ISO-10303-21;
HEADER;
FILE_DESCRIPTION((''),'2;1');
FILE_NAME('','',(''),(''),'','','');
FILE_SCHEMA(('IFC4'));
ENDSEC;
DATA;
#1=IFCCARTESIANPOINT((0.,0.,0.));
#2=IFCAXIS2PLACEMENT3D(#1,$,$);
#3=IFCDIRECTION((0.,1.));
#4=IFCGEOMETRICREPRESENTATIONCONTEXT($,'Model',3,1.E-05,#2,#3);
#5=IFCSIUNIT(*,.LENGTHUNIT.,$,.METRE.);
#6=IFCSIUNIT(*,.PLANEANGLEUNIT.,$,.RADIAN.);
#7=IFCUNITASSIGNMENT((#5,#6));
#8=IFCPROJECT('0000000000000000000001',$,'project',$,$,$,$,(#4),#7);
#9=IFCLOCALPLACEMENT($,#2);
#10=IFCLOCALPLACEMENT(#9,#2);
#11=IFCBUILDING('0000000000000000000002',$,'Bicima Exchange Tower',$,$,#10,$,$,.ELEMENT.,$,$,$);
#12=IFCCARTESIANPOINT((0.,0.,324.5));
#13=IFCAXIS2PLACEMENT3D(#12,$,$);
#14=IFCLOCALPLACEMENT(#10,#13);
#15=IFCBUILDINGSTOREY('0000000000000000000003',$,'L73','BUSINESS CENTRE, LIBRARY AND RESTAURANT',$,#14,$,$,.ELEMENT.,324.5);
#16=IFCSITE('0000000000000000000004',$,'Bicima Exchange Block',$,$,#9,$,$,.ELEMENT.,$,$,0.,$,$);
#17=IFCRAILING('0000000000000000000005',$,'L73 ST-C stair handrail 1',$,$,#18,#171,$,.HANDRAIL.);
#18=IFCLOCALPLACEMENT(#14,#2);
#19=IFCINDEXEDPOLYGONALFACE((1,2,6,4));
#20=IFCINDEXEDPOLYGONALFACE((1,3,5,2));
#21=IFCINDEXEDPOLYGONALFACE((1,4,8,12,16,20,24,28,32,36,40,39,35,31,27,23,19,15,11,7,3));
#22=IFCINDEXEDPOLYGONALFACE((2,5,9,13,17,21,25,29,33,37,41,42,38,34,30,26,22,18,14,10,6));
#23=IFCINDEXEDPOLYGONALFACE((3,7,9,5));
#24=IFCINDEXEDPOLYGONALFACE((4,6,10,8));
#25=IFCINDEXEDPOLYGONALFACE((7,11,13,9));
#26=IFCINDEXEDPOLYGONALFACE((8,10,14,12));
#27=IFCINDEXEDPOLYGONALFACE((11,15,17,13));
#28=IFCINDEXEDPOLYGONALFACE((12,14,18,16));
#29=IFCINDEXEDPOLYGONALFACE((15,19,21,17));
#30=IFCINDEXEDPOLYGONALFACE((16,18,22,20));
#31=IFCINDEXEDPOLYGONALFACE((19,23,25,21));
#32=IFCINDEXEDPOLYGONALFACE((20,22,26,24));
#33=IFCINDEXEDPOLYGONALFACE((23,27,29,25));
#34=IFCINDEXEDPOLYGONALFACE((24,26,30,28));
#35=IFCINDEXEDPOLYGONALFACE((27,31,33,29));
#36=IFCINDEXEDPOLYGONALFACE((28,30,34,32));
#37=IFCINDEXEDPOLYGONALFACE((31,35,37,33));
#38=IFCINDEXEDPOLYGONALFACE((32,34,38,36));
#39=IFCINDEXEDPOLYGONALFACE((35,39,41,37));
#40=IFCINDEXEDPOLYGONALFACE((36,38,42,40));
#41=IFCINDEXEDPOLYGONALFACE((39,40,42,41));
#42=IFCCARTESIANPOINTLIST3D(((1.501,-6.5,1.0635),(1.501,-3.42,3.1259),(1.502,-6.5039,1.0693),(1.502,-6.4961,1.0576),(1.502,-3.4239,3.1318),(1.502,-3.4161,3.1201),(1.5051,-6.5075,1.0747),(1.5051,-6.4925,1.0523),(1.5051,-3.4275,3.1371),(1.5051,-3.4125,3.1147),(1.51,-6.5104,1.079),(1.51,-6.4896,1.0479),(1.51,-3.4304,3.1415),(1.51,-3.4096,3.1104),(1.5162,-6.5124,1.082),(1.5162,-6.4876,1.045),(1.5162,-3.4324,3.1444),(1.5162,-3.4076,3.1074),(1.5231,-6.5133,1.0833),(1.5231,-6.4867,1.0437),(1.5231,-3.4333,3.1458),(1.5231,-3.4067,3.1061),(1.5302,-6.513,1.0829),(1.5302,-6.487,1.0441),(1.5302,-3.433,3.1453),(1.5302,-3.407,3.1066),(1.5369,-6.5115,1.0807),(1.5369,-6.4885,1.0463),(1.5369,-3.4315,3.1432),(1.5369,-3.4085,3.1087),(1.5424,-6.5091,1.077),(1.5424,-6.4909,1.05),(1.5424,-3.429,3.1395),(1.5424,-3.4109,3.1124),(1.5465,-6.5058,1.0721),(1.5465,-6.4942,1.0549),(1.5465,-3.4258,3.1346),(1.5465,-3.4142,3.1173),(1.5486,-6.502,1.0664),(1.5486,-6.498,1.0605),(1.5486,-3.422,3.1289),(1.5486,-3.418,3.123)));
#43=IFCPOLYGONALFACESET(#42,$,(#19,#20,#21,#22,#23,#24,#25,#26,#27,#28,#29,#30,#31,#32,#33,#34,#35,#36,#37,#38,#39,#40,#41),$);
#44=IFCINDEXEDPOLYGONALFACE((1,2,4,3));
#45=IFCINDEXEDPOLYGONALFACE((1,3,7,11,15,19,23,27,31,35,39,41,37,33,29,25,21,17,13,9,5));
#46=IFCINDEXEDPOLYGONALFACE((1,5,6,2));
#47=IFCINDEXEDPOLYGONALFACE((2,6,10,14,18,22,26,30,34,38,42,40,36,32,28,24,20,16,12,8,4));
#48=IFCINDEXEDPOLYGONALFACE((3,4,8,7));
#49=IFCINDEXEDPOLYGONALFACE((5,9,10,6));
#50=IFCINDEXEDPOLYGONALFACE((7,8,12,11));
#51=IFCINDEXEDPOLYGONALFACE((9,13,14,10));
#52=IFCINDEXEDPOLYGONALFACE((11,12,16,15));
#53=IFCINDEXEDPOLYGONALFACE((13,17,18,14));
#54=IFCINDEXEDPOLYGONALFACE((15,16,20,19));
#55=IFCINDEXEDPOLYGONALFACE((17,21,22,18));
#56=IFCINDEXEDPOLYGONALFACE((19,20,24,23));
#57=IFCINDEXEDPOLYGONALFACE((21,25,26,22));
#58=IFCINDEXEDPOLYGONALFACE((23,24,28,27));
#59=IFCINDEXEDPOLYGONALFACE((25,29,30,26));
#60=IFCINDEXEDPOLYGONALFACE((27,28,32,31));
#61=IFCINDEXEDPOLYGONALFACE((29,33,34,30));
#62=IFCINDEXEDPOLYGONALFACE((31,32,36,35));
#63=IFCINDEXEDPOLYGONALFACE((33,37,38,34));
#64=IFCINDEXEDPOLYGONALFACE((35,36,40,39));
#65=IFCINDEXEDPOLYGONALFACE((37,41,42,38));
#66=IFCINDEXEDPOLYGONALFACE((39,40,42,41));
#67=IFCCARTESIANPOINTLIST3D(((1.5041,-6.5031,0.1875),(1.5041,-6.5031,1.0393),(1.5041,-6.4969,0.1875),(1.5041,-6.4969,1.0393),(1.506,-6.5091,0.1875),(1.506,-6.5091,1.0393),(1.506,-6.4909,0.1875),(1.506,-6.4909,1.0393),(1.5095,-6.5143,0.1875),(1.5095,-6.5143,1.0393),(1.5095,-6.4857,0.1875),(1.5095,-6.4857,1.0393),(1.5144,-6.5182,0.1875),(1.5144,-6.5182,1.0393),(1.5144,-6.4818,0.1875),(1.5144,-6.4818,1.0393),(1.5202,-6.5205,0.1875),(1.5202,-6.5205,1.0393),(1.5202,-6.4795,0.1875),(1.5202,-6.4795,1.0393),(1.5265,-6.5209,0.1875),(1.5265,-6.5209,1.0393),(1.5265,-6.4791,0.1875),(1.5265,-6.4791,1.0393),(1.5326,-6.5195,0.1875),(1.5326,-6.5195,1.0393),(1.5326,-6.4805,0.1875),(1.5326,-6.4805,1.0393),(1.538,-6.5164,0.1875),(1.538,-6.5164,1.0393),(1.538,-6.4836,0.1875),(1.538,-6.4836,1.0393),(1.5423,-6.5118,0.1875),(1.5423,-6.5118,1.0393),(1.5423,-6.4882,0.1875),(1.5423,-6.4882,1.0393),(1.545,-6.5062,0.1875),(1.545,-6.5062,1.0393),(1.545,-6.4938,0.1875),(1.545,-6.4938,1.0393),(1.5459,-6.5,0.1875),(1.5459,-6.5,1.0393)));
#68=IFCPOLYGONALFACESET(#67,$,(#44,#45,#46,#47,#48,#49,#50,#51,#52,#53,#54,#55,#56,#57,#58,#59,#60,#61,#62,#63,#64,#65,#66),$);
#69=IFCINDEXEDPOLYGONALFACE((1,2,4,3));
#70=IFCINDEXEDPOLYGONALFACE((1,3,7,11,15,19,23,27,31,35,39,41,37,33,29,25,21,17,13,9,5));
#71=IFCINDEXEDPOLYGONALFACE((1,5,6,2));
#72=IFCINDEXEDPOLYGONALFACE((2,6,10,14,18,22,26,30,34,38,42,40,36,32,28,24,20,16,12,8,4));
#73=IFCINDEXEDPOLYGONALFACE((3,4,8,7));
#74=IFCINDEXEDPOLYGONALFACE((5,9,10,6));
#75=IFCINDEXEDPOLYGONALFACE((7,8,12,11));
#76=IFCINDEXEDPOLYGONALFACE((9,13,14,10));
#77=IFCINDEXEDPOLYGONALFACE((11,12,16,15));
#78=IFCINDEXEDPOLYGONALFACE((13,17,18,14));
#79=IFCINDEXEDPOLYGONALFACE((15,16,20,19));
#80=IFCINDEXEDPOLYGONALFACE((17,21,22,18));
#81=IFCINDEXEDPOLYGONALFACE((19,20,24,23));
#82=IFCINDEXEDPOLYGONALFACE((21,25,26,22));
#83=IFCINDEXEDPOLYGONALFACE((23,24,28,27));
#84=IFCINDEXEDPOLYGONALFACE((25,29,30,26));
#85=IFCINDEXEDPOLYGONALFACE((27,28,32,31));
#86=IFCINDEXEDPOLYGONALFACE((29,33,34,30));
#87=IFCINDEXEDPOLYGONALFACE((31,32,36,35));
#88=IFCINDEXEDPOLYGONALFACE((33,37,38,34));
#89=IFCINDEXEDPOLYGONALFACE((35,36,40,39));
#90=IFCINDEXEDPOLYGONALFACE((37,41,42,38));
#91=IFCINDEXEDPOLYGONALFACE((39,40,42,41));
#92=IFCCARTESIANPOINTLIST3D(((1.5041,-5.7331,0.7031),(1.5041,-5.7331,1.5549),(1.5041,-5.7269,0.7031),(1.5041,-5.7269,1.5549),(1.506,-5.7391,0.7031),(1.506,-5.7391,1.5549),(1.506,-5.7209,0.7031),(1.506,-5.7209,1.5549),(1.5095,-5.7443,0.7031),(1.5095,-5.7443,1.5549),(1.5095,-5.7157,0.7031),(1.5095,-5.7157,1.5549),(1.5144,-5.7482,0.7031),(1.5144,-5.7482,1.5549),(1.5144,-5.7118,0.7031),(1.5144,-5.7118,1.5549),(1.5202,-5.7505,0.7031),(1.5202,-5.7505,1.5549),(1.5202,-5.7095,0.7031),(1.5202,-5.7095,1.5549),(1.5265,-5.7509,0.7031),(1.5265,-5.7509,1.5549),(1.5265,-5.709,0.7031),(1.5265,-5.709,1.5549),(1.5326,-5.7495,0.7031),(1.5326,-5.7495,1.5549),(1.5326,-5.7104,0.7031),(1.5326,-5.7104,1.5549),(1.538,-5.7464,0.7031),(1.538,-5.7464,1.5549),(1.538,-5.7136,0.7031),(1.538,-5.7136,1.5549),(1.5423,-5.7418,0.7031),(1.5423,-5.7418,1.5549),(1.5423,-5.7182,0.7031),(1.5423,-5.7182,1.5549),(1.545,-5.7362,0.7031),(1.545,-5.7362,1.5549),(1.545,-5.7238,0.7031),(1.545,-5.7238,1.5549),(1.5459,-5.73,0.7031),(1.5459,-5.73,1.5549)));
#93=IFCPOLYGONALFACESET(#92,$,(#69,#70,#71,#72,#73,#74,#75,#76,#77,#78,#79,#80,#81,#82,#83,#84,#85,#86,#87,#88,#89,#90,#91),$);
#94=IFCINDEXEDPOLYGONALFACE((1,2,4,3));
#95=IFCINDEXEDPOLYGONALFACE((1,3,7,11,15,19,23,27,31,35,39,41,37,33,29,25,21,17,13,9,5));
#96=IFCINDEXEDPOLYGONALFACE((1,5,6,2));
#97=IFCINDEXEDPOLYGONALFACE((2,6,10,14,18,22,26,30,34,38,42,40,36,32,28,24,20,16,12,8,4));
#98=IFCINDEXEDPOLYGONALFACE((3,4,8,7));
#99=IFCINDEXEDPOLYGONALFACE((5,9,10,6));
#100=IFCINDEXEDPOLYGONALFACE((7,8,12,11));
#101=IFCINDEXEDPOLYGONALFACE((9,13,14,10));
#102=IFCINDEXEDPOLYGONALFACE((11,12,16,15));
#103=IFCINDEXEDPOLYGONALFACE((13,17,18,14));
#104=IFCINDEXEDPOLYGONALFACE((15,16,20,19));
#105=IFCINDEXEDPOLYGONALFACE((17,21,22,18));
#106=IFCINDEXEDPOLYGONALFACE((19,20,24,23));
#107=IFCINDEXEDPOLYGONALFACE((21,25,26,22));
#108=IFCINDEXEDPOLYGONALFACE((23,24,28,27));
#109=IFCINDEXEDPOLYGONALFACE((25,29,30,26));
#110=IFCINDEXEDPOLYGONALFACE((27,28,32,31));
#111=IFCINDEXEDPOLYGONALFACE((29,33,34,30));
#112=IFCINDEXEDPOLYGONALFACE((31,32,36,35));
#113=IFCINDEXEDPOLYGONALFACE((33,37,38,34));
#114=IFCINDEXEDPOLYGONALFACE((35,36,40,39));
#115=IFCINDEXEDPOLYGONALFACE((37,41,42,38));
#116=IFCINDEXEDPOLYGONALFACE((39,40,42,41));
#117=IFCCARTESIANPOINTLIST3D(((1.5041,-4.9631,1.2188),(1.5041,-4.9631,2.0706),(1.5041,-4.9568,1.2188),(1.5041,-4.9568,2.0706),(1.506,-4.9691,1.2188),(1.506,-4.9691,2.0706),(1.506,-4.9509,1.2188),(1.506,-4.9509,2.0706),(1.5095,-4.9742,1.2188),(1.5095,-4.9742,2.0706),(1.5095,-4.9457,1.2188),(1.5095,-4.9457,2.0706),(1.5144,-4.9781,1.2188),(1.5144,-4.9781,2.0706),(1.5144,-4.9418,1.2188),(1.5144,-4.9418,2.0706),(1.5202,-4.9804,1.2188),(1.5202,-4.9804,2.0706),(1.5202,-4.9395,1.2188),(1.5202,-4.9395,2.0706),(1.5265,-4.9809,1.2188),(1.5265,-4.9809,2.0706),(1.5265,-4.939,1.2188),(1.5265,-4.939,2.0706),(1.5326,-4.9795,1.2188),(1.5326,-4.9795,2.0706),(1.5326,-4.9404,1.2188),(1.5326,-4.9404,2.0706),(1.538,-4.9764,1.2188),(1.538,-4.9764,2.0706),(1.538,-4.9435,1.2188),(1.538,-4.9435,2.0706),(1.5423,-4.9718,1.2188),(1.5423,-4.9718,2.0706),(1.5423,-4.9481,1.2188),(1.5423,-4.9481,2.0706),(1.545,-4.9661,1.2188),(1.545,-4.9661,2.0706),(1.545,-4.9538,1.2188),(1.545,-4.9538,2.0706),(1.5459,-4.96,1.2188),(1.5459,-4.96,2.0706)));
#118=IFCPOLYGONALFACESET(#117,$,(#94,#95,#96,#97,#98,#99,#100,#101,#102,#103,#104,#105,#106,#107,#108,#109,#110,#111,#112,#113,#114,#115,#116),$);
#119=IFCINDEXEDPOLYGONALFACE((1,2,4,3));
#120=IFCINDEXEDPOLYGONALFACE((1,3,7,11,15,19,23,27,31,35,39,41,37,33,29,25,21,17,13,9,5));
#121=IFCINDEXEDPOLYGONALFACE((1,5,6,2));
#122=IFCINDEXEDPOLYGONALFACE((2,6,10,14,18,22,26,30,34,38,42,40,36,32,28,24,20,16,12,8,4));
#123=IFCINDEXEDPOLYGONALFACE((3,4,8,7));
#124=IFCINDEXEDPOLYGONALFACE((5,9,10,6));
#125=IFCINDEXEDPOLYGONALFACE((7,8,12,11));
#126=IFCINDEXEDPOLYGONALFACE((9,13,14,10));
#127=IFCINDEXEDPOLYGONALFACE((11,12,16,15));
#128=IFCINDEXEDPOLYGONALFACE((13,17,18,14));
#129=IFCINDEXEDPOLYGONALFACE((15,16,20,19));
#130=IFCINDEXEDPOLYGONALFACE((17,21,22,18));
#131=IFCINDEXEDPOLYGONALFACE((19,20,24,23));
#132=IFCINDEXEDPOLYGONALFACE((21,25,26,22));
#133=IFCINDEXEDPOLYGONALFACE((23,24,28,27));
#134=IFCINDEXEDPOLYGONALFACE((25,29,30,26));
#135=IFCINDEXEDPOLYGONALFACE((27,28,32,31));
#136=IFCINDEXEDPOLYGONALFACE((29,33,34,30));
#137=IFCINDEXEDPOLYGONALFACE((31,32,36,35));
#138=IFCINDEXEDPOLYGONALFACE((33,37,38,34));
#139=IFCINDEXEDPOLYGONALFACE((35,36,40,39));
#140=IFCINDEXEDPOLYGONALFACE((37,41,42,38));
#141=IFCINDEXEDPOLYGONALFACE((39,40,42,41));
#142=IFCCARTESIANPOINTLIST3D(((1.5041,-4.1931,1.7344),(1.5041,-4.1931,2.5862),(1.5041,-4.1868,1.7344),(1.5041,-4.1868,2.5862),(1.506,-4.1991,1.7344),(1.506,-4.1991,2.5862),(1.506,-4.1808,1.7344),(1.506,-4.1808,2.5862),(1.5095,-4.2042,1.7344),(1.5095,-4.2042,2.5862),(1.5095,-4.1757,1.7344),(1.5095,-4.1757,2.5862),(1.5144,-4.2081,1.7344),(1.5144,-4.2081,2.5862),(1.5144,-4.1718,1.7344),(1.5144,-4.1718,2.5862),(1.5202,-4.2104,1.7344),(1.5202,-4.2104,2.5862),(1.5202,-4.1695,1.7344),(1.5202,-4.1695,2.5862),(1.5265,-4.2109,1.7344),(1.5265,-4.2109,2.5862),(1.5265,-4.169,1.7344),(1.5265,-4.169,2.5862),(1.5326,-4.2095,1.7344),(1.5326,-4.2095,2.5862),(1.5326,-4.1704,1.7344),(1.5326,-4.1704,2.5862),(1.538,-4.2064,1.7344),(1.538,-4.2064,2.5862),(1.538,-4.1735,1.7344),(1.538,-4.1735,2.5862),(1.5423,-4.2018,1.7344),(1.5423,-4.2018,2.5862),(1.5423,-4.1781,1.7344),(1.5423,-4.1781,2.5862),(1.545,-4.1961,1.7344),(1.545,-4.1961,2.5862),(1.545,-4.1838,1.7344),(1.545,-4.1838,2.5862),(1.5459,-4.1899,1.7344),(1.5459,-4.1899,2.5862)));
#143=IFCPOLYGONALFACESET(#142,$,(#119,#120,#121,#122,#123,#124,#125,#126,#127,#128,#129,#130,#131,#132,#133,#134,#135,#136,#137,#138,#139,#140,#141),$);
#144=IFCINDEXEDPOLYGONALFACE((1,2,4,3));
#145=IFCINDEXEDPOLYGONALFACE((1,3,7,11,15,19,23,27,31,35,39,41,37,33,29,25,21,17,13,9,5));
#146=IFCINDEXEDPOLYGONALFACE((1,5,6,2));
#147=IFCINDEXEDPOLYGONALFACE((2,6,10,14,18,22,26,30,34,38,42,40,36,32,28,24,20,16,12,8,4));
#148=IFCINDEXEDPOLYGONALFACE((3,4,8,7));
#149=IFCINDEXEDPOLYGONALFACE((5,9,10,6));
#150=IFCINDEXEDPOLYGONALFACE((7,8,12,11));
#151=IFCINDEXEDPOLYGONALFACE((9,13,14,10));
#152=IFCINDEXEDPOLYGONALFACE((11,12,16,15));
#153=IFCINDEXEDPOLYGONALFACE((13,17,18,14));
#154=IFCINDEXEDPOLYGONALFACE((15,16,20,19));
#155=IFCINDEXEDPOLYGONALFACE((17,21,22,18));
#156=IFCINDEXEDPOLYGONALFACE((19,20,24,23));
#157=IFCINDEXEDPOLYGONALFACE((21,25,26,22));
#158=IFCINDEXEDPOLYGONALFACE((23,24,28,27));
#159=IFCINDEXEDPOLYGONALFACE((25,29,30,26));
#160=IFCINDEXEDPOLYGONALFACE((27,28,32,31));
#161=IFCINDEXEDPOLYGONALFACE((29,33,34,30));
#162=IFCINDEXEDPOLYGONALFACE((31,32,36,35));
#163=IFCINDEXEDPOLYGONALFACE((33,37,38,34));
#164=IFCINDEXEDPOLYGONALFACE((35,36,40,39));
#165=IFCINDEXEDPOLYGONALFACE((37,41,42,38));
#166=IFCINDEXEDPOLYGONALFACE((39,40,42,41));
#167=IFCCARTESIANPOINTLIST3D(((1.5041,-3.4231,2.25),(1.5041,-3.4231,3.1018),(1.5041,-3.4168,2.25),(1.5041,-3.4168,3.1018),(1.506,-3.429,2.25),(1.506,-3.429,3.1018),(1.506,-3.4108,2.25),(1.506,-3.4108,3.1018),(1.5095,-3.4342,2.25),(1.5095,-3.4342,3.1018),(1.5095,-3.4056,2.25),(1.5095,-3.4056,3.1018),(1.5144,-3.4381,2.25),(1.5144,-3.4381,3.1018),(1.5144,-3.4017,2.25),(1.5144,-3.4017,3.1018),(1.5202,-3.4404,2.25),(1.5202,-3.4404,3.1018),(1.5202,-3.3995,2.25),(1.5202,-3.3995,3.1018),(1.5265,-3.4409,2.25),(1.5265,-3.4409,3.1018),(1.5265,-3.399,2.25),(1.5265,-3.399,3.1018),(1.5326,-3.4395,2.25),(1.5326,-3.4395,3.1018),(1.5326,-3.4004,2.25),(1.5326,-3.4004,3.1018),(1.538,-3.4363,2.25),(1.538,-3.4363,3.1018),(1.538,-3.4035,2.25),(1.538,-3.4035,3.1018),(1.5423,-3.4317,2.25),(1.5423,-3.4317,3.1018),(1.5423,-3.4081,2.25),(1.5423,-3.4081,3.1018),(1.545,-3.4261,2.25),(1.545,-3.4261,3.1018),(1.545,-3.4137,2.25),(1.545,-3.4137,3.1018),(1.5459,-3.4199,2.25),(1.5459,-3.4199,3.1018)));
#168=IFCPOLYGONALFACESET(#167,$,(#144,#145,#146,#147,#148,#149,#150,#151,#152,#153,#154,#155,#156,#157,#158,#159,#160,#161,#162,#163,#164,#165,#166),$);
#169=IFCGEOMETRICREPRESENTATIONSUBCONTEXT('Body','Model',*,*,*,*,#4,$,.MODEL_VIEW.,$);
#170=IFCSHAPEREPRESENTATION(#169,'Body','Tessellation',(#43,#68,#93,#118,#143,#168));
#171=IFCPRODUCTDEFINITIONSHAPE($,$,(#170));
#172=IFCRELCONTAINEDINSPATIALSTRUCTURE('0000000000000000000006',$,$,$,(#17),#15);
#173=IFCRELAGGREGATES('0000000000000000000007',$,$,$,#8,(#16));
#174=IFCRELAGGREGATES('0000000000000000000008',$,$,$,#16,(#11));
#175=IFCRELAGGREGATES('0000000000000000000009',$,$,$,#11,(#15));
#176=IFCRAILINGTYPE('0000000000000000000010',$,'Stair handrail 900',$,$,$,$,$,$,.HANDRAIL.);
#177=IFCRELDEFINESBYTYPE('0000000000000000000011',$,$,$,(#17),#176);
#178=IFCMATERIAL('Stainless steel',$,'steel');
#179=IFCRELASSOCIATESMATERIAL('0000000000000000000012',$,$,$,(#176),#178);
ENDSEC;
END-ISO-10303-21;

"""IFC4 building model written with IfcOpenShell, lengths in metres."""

from ifc_helpers import new_model, si_unit, direction, frame, origin, origin_2d, place, context, subcontext, project, spatial, circle, extrude, material, type_object, element, save


model = new_model("IFC4")

# Units and contexts
model_context = context("Model", 3, precision=1e-05, world=origin(), true_north=direction((0.0, 1.0)))
body_context = subcontext(model_context, "Body", "Model", "MODEL_VIEW")
ifc_project = project(units=[si_unit("LENGTHUNIT", "METRE"), si_unit("PLANEANGLEUNIT", "RADIAN")], contexts=[model_context])

# Site, building, storey
site_placement = place(None, origin())
site = spatial("IfcSite", under=ifc_project, at=site_placement, Name="Bicima Exchange Block", CompositionType="ELEMENT", RefElevation=0.0)
building_placement = place(site_placement, origin())
building = spatial("IfcBuilding", under=site, at=building_placement, Name="Bicima Exchange Tower", CompositionType="ELEMENT")
storey_placement = place(building_placement, frame((0.0, 0.0, 324.5)))
storey = spatial("IfcBuildingStorey", under=building, at=storey_placement, Name="L73", Description="BUSINESS CENTRE, LIBRARY AND RESTAURANT", CompositionType="ELEMENT", Elevation=324.5)

# Shared definitions
ifc_material_1 = material(Name="Stainless steel", Category="steel")

# Railing
railing_type_1 = type_object("IfcRailingType", Name="Stair handrail 900", PredefinedType="HANDRAIL", material=ifc_material_1)
railing_1_placement = place(storey_placement, frame((1.5249, -6.5, 0.1875)))
element("IfcRailing", 1, at=railing_1_placement, inside=storey, type_object=railing_type_1, Name="L73 ST-C stair handrail 1", PredefinedType="HANDRAIL", context=body_context, shape_type="SweptSolid", body=[
    extrude(circle(Radius=0.0239, at=origin_2d()), frame((0.0, 0.0, 0.876), z_axis=(0.0, 0.830914, 0.556401), x_axis=(-1.0, 0.0, 0.0)), (0.0, 0.0, 1.0), 3.7068),
    extrude(circle(Radius=0.021, at=origin_2d()), origin(), (0.0, 0.0, 1.0), 0.8518),
    extrude(circle(Radius=0.021, at=origin_2d()), frame((0.0, 0.77, 0.5156)), (0.0, 0.0, 1.0), 0.8518),
    extrude(circle(Radius=0.021, at=origin_2d()), frame((0.0, 1.54, 1.0312)), (0.0, 0.0, 1.0), 0.8518),
    extrude(circle(Radius=0.021, at=origin_2d()), frame((0.0, 2.3101, 1.5469)), (0.0, 0.0, 1.0), 0.8518),
    extrude(circle(Radius=0.021, at=origin_2d()), frame((0.0, 3.0801, 2.0625)), (0.0, 0.0, 1.0), 0.8518),
])

save(model, "model.ifc")
